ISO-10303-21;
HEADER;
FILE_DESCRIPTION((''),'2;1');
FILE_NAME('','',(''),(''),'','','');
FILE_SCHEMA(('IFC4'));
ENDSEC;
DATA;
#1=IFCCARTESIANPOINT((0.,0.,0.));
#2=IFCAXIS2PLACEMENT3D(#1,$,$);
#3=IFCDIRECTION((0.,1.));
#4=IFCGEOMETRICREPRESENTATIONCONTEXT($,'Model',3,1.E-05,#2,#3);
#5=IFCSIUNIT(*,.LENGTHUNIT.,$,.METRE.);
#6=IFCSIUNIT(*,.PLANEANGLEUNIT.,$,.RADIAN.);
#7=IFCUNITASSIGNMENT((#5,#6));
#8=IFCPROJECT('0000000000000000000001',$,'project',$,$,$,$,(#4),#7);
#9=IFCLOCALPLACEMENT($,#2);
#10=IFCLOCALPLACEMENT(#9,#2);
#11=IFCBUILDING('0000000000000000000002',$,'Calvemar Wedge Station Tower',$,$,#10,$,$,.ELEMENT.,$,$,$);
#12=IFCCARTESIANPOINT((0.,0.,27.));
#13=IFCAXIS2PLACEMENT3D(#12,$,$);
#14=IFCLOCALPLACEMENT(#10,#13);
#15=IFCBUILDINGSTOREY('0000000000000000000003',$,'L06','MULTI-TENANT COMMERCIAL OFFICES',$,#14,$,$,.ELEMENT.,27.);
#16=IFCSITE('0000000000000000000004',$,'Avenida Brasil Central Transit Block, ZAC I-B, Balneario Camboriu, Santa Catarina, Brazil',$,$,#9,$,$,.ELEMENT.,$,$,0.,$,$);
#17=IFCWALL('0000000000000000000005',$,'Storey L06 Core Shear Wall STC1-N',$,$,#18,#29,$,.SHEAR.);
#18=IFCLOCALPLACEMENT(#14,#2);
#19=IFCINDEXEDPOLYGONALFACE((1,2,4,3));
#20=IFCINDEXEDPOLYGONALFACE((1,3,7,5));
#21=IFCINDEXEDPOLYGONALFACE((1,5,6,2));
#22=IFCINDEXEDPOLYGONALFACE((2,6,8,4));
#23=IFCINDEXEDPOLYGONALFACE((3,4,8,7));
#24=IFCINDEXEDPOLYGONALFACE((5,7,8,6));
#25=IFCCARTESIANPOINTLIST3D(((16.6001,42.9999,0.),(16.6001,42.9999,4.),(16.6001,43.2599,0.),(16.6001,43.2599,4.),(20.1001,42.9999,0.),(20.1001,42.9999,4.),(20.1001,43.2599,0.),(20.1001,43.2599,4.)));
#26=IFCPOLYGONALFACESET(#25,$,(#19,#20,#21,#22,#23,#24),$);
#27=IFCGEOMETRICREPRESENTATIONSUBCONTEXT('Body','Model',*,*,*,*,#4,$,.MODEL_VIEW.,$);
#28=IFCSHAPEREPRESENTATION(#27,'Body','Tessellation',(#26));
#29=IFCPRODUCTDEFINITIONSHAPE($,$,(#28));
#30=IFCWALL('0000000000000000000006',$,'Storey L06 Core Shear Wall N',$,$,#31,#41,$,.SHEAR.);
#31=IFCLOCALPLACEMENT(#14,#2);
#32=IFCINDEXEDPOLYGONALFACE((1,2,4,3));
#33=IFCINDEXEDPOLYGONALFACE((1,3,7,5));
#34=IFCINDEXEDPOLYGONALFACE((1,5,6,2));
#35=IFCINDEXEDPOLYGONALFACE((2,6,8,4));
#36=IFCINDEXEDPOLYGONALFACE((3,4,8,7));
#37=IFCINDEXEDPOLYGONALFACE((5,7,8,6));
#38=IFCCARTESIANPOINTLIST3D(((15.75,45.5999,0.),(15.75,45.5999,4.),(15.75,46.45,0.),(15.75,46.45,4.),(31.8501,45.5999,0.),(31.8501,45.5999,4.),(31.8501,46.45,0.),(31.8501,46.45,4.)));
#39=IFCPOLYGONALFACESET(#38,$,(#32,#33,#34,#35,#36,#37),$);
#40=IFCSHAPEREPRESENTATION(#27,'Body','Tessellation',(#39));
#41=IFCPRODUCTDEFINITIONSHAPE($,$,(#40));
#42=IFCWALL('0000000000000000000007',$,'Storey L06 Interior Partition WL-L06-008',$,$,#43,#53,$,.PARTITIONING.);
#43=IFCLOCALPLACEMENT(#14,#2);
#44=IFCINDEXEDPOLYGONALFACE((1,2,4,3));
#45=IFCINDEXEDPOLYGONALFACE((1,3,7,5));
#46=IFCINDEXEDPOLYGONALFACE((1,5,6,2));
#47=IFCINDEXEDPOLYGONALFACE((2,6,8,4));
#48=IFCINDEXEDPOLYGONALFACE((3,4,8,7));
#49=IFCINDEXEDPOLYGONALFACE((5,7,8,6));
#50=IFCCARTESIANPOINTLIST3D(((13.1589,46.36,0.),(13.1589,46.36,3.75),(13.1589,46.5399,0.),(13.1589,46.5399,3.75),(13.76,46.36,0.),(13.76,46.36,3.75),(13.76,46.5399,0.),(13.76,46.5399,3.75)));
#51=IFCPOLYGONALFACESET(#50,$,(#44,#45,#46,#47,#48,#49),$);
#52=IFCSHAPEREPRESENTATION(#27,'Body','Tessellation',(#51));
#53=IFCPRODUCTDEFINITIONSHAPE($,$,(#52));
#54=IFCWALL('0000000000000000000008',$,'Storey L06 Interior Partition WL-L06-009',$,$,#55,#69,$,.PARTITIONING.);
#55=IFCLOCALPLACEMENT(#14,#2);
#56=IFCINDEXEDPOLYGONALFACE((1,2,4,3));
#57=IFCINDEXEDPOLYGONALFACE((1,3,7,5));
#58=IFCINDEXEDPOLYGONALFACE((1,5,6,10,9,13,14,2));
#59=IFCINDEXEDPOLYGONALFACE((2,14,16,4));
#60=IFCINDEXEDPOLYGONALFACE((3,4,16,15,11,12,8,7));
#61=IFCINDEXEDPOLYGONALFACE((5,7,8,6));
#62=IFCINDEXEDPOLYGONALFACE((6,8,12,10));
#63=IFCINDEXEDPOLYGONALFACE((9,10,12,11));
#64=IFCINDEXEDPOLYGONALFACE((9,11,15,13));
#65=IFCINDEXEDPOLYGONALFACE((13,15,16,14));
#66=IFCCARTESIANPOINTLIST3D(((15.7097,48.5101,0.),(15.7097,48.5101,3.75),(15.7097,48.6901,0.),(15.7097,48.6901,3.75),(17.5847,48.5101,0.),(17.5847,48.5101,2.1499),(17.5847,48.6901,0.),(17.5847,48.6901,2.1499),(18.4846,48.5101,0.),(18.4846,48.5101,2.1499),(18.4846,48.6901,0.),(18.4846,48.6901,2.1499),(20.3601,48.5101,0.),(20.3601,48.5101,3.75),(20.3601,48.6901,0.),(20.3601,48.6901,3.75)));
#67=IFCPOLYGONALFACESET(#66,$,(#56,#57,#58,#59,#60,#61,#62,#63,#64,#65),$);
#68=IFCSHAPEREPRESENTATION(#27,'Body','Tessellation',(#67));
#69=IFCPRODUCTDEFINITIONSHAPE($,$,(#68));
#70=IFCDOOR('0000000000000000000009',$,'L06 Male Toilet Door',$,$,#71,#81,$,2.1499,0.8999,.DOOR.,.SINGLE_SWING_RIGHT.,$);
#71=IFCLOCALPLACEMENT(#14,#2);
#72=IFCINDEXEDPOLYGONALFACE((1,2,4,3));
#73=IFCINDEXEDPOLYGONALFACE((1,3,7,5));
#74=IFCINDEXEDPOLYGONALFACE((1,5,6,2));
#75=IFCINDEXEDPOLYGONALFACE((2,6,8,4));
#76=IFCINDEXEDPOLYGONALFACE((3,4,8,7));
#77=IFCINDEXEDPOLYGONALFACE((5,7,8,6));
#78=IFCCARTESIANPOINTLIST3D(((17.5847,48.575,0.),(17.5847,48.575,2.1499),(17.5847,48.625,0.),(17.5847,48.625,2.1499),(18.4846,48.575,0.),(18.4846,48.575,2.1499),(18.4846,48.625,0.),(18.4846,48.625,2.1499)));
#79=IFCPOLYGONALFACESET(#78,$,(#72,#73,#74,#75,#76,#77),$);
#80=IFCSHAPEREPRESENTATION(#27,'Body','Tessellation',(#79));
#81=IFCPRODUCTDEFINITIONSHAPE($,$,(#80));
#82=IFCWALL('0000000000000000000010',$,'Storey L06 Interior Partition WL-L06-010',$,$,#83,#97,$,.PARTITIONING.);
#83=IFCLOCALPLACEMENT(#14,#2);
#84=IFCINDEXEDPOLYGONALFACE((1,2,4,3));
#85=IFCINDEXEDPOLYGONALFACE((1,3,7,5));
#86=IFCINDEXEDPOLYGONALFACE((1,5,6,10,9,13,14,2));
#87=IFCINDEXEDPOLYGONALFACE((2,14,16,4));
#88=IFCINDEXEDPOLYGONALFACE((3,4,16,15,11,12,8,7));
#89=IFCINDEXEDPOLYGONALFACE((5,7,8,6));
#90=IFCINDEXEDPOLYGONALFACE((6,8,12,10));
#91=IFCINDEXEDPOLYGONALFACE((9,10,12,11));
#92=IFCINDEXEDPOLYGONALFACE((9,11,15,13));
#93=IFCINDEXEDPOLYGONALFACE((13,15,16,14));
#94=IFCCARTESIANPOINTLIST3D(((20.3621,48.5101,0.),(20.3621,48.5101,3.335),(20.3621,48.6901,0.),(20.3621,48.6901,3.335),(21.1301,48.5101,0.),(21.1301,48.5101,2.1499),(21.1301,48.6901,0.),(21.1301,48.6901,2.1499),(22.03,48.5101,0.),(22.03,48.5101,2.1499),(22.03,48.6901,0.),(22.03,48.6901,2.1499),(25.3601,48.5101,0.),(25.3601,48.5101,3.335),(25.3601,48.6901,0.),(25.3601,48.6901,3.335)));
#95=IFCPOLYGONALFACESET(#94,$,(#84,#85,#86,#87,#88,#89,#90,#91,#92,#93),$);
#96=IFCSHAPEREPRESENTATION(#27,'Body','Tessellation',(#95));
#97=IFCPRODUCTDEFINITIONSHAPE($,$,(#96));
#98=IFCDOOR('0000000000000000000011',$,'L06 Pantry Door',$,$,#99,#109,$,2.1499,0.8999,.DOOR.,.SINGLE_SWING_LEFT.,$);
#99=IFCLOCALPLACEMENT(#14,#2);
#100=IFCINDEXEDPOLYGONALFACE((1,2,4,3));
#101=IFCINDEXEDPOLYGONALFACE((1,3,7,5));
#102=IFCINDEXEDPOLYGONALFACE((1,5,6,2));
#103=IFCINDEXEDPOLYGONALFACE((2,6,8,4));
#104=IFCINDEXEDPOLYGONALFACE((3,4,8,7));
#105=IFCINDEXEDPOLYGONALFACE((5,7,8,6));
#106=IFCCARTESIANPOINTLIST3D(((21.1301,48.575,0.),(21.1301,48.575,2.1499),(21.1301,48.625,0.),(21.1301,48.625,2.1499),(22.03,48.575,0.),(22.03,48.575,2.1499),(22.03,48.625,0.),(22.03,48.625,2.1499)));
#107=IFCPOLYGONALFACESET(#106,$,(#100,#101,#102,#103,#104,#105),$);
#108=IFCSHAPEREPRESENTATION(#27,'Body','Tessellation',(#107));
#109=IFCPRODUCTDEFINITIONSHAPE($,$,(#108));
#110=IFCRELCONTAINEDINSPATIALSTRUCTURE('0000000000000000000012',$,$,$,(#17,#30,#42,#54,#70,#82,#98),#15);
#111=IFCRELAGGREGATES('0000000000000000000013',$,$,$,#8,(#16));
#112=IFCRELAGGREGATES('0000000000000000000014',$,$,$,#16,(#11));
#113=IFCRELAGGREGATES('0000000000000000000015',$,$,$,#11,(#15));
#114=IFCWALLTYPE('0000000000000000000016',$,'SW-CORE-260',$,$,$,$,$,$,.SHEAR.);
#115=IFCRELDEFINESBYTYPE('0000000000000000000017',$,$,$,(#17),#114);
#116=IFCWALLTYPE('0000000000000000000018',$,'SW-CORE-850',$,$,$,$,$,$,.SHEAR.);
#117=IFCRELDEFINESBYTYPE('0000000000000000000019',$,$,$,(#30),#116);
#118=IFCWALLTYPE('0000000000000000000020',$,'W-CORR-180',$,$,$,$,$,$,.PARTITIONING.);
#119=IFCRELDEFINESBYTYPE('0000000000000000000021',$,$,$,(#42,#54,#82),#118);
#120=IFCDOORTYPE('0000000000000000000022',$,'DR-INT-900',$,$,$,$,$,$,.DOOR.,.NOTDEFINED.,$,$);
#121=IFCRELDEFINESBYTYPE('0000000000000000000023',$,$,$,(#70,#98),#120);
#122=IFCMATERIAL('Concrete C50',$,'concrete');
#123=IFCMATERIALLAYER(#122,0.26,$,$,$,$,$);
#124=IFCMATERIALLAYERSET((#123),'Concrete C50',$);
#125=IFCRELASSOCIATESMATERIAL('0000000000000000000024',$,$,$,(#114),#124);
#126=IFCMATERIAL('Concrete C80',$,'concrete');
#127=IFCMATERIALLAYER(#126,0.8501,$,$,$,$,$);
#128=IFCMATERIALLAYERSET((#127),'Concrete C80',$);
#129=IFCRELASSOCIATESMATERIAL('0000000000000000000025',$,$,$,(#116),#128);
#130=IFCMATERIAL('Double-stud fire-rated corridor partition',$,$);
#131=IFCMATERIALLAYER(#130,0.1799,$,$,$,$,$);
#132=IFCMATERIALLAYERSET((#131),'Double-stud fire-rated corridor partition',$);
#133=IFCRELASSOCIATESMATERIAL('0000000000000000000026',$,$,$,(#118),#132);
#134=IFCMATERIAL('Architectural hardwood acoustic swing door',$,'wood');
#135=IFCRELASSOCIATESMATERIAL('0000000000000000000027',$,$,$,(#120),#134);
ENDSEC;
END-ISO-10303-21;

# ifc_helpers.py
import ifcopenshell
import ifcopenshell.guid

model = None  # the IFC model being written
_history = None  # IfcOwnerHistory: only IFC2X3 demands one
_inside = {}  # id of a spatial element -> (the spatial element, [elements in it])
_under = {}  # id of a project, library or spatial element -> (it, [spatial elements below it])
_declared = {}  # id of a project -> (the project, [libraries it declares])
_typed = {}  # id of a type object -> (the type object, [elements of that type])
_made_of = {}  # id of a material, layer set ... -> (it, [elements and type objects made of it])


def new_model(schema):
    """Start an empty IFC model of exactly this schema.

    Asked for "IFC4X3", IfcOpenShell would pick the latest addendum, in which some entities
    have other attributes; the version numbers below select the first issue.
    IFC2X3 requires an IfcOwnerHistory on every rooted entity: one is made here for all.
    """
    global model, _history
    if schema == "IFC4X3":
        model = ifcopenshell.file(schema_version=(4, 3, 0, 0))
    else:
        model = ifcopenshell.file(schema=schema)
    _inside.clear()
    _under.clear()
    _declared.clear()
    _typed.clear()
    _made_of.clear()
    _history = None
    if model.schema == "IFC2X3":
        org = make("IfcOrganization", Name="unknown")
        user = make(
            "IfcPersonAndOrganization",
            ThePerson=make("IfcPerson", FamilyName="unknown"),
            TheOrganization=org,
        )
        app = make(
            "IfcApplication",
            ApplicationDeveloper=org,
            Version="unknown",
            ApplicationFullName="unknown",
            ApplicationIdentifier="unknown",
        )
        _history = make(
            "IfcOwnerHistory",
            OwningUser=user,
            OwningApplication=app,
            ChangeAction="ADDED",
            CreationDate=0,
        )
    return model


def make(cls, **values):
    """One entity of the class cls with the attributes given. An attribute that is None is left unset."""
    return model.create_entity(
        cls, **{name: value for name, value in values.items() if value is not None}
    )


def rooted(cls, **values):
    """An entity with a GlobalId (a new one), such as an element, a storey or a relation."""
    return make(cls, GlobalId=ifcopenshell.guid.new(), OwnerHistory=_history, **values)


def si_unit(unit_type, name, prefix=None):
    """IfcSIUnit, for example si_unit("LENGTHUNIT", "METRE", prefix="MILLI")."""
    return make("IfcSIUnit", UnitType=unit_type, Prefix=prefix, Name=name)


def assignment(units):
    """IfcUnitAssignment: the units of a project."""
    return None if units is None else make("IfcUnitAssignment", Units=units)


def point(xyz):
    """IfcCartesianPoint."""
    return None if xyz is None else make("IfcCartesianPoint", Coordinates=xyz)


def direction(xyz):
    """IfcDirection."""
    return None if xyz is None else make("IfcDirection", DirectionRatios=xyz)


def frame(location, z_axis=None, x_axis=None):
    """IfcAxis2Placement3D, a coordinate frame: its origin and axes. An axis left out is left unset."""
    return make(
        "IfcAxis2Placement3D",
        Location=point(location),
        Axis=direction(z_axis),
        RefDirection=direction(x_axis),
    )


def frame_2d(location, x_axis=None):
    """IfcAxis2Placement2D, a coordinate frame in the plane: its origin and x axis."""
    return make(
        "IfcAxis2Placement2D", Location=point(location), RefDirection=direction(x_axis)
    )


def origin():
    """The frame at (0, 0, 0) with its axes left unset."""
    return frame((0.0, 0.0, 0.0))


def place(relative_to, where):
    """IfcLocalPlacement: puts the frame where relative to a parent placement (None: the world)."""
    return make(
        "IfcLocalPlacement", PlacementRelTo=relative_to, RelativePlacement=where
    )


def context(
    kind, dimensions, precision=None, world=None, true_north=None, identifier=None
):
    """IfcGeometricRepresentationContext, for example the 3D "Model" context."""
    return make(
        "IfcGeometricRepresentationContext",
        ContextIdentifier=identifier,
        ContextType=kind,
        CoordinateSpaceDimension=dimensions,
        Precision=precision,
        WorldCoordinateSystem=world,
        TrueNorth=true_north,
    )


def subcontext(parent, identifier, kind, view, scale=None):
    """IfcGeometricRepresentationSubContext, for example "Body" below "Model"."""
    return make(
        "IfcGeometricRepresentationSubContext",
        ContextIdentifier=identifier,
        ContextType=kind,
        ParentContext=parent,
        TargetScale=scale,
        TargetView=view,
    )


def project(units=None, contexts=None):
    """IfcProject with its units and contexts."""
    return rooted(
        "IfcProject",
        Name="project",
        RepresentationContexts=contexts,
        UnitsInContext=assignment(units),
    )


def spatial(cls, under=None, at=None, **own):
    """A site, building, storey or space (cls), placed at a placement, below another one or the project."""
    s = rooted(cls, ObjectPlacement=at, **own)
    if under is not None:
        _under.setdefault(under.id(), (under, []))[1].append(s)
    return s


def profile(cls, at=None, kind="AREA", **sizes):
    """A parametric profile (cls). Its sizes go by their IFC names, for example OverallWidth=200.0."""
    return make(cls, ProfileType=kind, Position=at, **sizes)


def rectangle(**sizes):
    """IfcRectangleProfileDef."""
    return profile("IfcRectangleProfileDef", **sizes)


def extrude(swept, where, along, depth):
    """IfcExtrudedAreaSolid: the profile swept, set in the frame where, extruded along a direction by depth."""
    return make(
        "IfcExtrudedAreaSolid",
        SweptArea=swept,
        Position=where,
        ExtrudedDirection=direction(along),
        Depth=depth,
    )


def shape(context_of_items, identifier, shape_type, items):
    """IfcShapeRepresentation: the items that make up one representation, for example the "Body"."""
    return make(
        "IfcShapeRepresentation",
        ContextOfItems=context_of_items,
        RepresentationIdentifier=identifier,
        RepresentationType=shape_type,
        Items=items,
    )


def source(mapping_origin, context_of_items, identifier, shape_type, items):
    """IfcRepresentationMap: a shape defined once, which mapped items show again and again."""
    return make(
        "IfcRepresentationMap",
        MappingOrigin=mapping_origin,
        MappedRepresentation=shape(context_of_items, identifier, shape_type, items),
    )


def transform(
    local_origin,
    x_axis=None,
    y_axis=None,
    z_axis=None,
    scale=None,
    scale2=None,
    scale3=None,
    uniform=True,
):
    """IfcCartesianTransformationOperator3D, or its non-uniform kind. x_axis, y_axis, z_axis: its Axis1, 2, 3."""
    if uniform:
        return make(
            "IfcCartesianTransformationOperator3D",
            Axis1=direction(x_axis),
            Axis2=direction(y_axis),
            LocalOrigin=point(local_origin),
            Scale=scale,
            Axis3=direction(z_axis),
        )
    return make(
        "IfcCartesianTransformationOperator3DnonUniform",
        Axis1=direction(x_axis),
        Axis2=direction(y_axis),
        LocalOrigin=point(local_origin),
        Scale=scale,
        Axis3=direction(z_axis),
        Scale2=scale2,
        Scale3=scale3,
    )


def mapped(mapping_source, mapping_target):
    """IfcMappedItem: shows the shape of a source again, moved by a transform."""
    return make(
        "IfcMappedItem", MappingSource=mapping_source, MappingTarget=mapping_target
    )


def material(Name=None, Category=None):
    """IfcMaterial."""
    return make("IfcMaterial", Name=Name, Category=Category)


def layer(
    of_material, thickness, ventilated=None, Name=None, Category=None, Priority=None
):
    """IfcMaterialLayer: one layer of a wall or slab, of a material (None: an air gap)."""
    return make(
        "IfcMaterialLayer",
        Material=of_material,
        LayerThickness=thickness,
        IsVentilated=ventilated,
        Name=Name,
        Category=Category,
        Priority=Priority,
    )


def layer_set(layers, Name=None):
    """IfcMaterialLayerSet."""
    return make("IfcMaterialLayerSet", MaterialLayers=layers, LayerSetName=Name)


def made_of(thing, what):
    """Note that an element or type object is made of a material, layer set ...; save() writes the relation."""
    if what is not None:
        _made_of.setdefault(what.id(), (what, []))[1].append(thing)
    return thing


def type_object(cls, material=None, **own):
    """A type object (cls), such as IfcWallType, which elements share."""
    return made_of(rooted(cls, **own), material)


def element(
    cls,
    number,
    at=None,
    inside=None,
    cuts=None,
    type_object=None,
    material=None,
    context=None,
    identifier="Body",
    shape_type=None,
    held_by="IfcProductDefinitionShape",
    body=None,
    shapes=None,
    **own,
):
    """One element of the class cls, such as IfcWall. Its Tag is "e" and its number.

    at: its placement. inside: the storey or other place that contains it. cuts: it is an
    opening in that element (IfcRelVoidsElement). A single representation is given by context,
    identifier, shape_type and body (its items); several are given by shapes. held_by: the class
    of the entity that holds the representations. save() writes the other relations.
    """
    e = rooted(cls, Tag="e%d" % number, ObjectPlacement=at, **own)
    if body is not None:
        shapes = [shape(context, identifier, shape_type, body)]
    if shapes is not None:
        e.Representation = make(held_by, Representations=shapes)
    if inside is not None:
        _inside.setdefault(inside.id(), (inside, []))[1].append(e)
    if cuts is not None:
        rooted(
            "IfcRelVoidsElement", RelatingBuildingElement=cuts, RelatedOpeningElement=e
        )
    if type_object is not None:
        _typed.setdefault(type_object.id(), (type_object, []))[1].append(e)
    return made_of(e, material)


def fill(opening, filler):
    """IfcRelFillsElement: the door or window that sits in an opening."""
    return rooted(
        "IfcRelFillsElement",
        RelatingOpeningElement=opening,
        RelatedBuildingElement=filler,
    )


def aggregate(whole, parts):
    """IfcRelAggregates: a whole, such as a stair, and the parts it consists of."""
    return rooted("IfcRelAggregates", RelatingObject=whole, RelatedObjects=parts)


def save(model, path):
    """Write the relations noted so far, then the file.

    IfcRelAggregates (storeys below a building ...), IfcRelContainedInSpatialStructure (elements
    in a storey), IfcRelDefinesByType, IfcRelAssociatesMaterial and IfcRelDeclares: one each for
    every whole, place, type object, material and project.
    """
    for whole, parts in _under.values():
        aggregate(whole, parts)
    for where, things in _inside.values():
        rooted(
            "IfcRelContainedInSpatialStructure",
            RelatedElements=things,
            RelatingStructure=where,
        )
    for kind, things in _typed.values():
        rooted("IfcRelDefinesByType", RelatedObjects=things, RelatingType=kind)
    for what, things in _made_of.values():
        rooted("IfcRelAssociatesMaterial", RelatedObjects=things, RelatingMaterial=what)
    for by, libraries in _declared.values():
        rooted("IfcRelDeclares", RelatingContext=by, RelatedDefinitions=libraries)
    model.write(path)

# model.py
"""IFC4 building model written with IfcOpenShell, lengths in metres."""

from ifc_helpers import new_model, si_unit, direction, frame, frame_2d, origin, place, context, subcontext, project, spatial, rectangle, extrude, source, transform, mapped, material, layer, layer_set, type_object, element, fill, save


model = new_model("IFC4")

# Units and contexts
model_context = context("Model", 3, precision=1e-05, world=origin(), true_north=direction((0.0, 1.0)))
body_context = subcontext(model_context, "Body", "Model", "MODEL_VIEW")
ifc_project = project(units=[si_unit("LENGTHUNIT", "METRE"), si_unit("PLANEANGLEUNIT", "RADIAN")], contexts=[model_context])

# Site, building, storey
site_placement = place(None, origin())
site = spatial("IfcSite", under=ifc_project, at=site_placement, Name="Avenida Brasil Central Transit Block, ZAC I-B, Balneario Camboriu, Santa Catarina, Brazil", CompositionType="ELEMENT", RefElevation=0.0)
building_placement = place(site_placement, origin())
building = spatial("IfcBuilding", under=site, at=building_placement, Name="Calvemar Wedge Station Tower", CompositionType="ELEMENT")
storey_placement = place(building_placement, frame((0.0, 0.0, 27.0)))
storey = spatial("IfcBuildingStorey", under=building, at=storey_placement, Name="L06", Description="MULTI-TENANT COMMERCIAL OFFICES", CompositionType="ELEMENT", Elevation=27.0)

# Walls
ifc_material_1 = material(Name="Concrete C50", Category="concrete")
ifc_layer_1 = layer(ifc_material_1, 0.26)
ifc_layer_set_1 = layer_set([ifc_layer_1], Name="Concrete C50")
wall_type_1 = type_object("IfcWallType", Name="SW-CORE-260", PredefinedType="SHEAR", material=ifc_layer_set_1)
wall_1_placement = place(storey_placement, frame((16.6001, 43.1299, 0.0), z_axis=(0.0, 0.0, 1.0), x_axis=(1.0, 0.0, 0.0)))
element("IfcWall", 1, at=wall_1_placement, inside=storey, type_object=wall_type_1, Name="Storey L06 Core Shear Wall STC1-N", PredefinedType="SHEAR", context=body_context, shape_type="SweptSolid", body=[
    extrude(rectangle(XDim=3.5, YDim=0.26, at=frame_2d((1.75, 0.0))), origin(), (0.0, 0.0, 1.0), 4.0),
])
ifc_material_2 = material(Name="Concrete C80", Category="concrete")
ifc_layer_2 = layer(ifc_material_2, 0.8501)
ifc_layer_set_2 = layer_set([ifc_layer_2], Name="Concrete C80")
wall_type_2 = type_object("IfcWallType", Name="SW-CORE-850", PredefinedType="SHEAR", material=ifc_layer_set_2)
wall_2_placement = place(storey_placement, frame((15.75, 46.0249, 0.0), z_axis=(0.0, 0.0, 1.0), x_axis=(1.0, 0.0, 0.0)))
element("IfcWall", 2, at=wall_2_placement, inside=storey, type_object=wall_type_2, Name="Storey L06 Core Shear Wall N", PredefinedType="SHEAR", context=body_context, shape_type="SweptSolid", body=[
    extrude(rectangle(XDim=16.1001, YDim=0.8501, at=frame_2d((8.05, 0.0))), origin(), (0.0, 0.0, 1.0), 4.0),
])
ifc_material_3 = material(Name="Double-stud fire-rated corridor partition")
ifc_layer_3 = layer(ifc_material_3, 0.1799)
ifc_layer_set_3 = layer_set([ifc_layer_3], Name="Double-stud fire-rated corridor partition")
wall_type_3 = type_object("IfcWallType", Name="W-CORR-180", PredefinedType="PARTITIONING", material=ifc_layer_set_3)
wall_3_placement = place(storey_placement, frame((13.76, 46.45, 0.0), z_axis=(0.0, 0.0, 1.0), x_axis=(-1.0, 0.0, 0.0)))
element("IfcWall", 3, at=wall_3_placement, inside=storey, type_object=wall_type_3, Name="Storey L06 Interior Partition WL-L06-008", PredefinedType="PARTITIONING", context=body_context, shape_type="SweptSolid", body=[
    extrude(rectangle(XDim=0.6011, YDim=0.1799, at=frame_2d((0.3005, 0.0))), origin(), (0.0, 0.0, 1.0), 3.75),
])

# Walls, openings, doors
wall_4_placement = place(storey_placement, frame((15.7097, 48.6001, 0.0), z_axis=(0.0, 0.0, 1.0), x_axis=(1.0, 0.0, 0.0)))
wall_4 = element("IfcWall", 4, at=wall_4_placement, inside=storey, type_object=wall_type_3, Name="Storey L06 Interior Partition WL-L06-009", PredefinedType="PARTITIONING", context=body_context, shape_type="SweptSolid", body=[
    extrude(rectangle(XDim=4.6504, YDim=0.1799, at=frame_2d((2.3252, 0.0))), origin(), (0.0, 0.0, 1.0), 3.75),
])
shared_shape_1 = source(origin(), body_context, "Body", "SweptSolid", [
    extrude(rectangle(XDim=0.8999, YDim=2.1499, at=frame_2d((0.45, 1.075))), frame((0.0, 0.1001, 0.0), z_axis=(0.0, -1.0, 0.0), x_axis=(1.0, 0.0, 0.0)), (0.0, 0.0, 1.0), 0.2),
])
opening_1_placement = place(wall_4_placement, frame((1.875, 0.0, 0.0)))
opening_1 = element("IfcOpeningElement", 5, at=opening_1_placement, cuts=wall_4, PredefinedType="OPENING", context=body_context, shape_type="MappedRepresentation", body=[
    mapped(shared_shape_1, transform((0.0, 0.0, 0.0), scale=1.0)),
])
ifc_material_4 = material(Name="Architectural hardwood acoustic swing door", Category="wood")
door_type_1 = type_object("IfcDoorType", Name="DR-INT-900", OperationType="NOTDEFINED", PredefinedType="DOOR", material=ifc_material_4)
shared_shape_2 = source(origin(), body_context, "Body", "SweptSolid", [
    extrude(rectangle(XDim=0.8999, YDim=2.1499, at=frame_2d((0.45, 1.075))), frame((0.0, 0.0249, 0.0), z_axis=(0.0, -1.0, 0.0), x_axis=(1.0, 0.0, 0.0)), (0.0, 0.0, 1.0), 0.05),
])
door_1_placement = place(opening_1_placement, origin())
door_1 = element("IfcDoor", 6, at=door_1_placement, inside=storey, type_object=door_type_1, Name="L06 Male Toilet Door", OperationType="SINGLE_SWING_RIGHT", OverallHeight=2.1499, OverallWidth=0.8999, PredefinedType="DOOR", context=body_context, shape_type="MappedRepresentation", body=[
    mapped(shared_shape_2, transform((0.0, 0.0, 0.0), scale=1.0)),
])
fill(opening_1, door_1)
wall_5_placement = place(storey_placement, frame((20.3621, 48.6001, 0.0), z_axis=(0.0, 0.0, 1.0), x_axis=(1.0, 0.0, 0.0)))
wall_5 = element("IfcWall", 7, at=wall_5_placement, inside=storey, type_object=wall_type_3, Name="Storey L06 Interior Partition WL-L06-010", PredefinedType="PARTITIONING", context=body_context, shape_type="SweptSolid", body=[
    extrude(rectangle(XDim=4.998, YDim=0.1799, at=frame_2d((2.499, 0.0))), origin(), (0.0, 0.0, 1.0), 3.335),
])
opening_2_placement = place(wall_5_placement, frame((0.7681, 0.0, 0.0)))
opening_2 = element("IfcOpeningElement", 8, at=opening_2_placement, cuts=wall_5, PredefinedType="OPENING", context=body_context, shape_type="MappedRepresentation", body=[
    mapped(shared_shape_1, transform((0.0, 0.0, 0.0), scale=1.0)),
])
door_2_placement = place(opening_2_placement, origin())
door_2 = element("IfcDoor", 9, at=door_2_placement, inside=storey, type_object=door_type_1, Name="L06 Pantry Door", OperationType="SINGLE_SWING_LEFT", OverallHeight=2.1499, OverallWidth=0.8999, PredefinedType="DOOR", context=body_context, shape_type="MappedRepresentation", body=[
    mapped(shared_shape_2, transform((0.0, 0.0, 0.0), scale=1.0)),
])
fill(opening_2, door_2)

save(model, "model.ifc")
